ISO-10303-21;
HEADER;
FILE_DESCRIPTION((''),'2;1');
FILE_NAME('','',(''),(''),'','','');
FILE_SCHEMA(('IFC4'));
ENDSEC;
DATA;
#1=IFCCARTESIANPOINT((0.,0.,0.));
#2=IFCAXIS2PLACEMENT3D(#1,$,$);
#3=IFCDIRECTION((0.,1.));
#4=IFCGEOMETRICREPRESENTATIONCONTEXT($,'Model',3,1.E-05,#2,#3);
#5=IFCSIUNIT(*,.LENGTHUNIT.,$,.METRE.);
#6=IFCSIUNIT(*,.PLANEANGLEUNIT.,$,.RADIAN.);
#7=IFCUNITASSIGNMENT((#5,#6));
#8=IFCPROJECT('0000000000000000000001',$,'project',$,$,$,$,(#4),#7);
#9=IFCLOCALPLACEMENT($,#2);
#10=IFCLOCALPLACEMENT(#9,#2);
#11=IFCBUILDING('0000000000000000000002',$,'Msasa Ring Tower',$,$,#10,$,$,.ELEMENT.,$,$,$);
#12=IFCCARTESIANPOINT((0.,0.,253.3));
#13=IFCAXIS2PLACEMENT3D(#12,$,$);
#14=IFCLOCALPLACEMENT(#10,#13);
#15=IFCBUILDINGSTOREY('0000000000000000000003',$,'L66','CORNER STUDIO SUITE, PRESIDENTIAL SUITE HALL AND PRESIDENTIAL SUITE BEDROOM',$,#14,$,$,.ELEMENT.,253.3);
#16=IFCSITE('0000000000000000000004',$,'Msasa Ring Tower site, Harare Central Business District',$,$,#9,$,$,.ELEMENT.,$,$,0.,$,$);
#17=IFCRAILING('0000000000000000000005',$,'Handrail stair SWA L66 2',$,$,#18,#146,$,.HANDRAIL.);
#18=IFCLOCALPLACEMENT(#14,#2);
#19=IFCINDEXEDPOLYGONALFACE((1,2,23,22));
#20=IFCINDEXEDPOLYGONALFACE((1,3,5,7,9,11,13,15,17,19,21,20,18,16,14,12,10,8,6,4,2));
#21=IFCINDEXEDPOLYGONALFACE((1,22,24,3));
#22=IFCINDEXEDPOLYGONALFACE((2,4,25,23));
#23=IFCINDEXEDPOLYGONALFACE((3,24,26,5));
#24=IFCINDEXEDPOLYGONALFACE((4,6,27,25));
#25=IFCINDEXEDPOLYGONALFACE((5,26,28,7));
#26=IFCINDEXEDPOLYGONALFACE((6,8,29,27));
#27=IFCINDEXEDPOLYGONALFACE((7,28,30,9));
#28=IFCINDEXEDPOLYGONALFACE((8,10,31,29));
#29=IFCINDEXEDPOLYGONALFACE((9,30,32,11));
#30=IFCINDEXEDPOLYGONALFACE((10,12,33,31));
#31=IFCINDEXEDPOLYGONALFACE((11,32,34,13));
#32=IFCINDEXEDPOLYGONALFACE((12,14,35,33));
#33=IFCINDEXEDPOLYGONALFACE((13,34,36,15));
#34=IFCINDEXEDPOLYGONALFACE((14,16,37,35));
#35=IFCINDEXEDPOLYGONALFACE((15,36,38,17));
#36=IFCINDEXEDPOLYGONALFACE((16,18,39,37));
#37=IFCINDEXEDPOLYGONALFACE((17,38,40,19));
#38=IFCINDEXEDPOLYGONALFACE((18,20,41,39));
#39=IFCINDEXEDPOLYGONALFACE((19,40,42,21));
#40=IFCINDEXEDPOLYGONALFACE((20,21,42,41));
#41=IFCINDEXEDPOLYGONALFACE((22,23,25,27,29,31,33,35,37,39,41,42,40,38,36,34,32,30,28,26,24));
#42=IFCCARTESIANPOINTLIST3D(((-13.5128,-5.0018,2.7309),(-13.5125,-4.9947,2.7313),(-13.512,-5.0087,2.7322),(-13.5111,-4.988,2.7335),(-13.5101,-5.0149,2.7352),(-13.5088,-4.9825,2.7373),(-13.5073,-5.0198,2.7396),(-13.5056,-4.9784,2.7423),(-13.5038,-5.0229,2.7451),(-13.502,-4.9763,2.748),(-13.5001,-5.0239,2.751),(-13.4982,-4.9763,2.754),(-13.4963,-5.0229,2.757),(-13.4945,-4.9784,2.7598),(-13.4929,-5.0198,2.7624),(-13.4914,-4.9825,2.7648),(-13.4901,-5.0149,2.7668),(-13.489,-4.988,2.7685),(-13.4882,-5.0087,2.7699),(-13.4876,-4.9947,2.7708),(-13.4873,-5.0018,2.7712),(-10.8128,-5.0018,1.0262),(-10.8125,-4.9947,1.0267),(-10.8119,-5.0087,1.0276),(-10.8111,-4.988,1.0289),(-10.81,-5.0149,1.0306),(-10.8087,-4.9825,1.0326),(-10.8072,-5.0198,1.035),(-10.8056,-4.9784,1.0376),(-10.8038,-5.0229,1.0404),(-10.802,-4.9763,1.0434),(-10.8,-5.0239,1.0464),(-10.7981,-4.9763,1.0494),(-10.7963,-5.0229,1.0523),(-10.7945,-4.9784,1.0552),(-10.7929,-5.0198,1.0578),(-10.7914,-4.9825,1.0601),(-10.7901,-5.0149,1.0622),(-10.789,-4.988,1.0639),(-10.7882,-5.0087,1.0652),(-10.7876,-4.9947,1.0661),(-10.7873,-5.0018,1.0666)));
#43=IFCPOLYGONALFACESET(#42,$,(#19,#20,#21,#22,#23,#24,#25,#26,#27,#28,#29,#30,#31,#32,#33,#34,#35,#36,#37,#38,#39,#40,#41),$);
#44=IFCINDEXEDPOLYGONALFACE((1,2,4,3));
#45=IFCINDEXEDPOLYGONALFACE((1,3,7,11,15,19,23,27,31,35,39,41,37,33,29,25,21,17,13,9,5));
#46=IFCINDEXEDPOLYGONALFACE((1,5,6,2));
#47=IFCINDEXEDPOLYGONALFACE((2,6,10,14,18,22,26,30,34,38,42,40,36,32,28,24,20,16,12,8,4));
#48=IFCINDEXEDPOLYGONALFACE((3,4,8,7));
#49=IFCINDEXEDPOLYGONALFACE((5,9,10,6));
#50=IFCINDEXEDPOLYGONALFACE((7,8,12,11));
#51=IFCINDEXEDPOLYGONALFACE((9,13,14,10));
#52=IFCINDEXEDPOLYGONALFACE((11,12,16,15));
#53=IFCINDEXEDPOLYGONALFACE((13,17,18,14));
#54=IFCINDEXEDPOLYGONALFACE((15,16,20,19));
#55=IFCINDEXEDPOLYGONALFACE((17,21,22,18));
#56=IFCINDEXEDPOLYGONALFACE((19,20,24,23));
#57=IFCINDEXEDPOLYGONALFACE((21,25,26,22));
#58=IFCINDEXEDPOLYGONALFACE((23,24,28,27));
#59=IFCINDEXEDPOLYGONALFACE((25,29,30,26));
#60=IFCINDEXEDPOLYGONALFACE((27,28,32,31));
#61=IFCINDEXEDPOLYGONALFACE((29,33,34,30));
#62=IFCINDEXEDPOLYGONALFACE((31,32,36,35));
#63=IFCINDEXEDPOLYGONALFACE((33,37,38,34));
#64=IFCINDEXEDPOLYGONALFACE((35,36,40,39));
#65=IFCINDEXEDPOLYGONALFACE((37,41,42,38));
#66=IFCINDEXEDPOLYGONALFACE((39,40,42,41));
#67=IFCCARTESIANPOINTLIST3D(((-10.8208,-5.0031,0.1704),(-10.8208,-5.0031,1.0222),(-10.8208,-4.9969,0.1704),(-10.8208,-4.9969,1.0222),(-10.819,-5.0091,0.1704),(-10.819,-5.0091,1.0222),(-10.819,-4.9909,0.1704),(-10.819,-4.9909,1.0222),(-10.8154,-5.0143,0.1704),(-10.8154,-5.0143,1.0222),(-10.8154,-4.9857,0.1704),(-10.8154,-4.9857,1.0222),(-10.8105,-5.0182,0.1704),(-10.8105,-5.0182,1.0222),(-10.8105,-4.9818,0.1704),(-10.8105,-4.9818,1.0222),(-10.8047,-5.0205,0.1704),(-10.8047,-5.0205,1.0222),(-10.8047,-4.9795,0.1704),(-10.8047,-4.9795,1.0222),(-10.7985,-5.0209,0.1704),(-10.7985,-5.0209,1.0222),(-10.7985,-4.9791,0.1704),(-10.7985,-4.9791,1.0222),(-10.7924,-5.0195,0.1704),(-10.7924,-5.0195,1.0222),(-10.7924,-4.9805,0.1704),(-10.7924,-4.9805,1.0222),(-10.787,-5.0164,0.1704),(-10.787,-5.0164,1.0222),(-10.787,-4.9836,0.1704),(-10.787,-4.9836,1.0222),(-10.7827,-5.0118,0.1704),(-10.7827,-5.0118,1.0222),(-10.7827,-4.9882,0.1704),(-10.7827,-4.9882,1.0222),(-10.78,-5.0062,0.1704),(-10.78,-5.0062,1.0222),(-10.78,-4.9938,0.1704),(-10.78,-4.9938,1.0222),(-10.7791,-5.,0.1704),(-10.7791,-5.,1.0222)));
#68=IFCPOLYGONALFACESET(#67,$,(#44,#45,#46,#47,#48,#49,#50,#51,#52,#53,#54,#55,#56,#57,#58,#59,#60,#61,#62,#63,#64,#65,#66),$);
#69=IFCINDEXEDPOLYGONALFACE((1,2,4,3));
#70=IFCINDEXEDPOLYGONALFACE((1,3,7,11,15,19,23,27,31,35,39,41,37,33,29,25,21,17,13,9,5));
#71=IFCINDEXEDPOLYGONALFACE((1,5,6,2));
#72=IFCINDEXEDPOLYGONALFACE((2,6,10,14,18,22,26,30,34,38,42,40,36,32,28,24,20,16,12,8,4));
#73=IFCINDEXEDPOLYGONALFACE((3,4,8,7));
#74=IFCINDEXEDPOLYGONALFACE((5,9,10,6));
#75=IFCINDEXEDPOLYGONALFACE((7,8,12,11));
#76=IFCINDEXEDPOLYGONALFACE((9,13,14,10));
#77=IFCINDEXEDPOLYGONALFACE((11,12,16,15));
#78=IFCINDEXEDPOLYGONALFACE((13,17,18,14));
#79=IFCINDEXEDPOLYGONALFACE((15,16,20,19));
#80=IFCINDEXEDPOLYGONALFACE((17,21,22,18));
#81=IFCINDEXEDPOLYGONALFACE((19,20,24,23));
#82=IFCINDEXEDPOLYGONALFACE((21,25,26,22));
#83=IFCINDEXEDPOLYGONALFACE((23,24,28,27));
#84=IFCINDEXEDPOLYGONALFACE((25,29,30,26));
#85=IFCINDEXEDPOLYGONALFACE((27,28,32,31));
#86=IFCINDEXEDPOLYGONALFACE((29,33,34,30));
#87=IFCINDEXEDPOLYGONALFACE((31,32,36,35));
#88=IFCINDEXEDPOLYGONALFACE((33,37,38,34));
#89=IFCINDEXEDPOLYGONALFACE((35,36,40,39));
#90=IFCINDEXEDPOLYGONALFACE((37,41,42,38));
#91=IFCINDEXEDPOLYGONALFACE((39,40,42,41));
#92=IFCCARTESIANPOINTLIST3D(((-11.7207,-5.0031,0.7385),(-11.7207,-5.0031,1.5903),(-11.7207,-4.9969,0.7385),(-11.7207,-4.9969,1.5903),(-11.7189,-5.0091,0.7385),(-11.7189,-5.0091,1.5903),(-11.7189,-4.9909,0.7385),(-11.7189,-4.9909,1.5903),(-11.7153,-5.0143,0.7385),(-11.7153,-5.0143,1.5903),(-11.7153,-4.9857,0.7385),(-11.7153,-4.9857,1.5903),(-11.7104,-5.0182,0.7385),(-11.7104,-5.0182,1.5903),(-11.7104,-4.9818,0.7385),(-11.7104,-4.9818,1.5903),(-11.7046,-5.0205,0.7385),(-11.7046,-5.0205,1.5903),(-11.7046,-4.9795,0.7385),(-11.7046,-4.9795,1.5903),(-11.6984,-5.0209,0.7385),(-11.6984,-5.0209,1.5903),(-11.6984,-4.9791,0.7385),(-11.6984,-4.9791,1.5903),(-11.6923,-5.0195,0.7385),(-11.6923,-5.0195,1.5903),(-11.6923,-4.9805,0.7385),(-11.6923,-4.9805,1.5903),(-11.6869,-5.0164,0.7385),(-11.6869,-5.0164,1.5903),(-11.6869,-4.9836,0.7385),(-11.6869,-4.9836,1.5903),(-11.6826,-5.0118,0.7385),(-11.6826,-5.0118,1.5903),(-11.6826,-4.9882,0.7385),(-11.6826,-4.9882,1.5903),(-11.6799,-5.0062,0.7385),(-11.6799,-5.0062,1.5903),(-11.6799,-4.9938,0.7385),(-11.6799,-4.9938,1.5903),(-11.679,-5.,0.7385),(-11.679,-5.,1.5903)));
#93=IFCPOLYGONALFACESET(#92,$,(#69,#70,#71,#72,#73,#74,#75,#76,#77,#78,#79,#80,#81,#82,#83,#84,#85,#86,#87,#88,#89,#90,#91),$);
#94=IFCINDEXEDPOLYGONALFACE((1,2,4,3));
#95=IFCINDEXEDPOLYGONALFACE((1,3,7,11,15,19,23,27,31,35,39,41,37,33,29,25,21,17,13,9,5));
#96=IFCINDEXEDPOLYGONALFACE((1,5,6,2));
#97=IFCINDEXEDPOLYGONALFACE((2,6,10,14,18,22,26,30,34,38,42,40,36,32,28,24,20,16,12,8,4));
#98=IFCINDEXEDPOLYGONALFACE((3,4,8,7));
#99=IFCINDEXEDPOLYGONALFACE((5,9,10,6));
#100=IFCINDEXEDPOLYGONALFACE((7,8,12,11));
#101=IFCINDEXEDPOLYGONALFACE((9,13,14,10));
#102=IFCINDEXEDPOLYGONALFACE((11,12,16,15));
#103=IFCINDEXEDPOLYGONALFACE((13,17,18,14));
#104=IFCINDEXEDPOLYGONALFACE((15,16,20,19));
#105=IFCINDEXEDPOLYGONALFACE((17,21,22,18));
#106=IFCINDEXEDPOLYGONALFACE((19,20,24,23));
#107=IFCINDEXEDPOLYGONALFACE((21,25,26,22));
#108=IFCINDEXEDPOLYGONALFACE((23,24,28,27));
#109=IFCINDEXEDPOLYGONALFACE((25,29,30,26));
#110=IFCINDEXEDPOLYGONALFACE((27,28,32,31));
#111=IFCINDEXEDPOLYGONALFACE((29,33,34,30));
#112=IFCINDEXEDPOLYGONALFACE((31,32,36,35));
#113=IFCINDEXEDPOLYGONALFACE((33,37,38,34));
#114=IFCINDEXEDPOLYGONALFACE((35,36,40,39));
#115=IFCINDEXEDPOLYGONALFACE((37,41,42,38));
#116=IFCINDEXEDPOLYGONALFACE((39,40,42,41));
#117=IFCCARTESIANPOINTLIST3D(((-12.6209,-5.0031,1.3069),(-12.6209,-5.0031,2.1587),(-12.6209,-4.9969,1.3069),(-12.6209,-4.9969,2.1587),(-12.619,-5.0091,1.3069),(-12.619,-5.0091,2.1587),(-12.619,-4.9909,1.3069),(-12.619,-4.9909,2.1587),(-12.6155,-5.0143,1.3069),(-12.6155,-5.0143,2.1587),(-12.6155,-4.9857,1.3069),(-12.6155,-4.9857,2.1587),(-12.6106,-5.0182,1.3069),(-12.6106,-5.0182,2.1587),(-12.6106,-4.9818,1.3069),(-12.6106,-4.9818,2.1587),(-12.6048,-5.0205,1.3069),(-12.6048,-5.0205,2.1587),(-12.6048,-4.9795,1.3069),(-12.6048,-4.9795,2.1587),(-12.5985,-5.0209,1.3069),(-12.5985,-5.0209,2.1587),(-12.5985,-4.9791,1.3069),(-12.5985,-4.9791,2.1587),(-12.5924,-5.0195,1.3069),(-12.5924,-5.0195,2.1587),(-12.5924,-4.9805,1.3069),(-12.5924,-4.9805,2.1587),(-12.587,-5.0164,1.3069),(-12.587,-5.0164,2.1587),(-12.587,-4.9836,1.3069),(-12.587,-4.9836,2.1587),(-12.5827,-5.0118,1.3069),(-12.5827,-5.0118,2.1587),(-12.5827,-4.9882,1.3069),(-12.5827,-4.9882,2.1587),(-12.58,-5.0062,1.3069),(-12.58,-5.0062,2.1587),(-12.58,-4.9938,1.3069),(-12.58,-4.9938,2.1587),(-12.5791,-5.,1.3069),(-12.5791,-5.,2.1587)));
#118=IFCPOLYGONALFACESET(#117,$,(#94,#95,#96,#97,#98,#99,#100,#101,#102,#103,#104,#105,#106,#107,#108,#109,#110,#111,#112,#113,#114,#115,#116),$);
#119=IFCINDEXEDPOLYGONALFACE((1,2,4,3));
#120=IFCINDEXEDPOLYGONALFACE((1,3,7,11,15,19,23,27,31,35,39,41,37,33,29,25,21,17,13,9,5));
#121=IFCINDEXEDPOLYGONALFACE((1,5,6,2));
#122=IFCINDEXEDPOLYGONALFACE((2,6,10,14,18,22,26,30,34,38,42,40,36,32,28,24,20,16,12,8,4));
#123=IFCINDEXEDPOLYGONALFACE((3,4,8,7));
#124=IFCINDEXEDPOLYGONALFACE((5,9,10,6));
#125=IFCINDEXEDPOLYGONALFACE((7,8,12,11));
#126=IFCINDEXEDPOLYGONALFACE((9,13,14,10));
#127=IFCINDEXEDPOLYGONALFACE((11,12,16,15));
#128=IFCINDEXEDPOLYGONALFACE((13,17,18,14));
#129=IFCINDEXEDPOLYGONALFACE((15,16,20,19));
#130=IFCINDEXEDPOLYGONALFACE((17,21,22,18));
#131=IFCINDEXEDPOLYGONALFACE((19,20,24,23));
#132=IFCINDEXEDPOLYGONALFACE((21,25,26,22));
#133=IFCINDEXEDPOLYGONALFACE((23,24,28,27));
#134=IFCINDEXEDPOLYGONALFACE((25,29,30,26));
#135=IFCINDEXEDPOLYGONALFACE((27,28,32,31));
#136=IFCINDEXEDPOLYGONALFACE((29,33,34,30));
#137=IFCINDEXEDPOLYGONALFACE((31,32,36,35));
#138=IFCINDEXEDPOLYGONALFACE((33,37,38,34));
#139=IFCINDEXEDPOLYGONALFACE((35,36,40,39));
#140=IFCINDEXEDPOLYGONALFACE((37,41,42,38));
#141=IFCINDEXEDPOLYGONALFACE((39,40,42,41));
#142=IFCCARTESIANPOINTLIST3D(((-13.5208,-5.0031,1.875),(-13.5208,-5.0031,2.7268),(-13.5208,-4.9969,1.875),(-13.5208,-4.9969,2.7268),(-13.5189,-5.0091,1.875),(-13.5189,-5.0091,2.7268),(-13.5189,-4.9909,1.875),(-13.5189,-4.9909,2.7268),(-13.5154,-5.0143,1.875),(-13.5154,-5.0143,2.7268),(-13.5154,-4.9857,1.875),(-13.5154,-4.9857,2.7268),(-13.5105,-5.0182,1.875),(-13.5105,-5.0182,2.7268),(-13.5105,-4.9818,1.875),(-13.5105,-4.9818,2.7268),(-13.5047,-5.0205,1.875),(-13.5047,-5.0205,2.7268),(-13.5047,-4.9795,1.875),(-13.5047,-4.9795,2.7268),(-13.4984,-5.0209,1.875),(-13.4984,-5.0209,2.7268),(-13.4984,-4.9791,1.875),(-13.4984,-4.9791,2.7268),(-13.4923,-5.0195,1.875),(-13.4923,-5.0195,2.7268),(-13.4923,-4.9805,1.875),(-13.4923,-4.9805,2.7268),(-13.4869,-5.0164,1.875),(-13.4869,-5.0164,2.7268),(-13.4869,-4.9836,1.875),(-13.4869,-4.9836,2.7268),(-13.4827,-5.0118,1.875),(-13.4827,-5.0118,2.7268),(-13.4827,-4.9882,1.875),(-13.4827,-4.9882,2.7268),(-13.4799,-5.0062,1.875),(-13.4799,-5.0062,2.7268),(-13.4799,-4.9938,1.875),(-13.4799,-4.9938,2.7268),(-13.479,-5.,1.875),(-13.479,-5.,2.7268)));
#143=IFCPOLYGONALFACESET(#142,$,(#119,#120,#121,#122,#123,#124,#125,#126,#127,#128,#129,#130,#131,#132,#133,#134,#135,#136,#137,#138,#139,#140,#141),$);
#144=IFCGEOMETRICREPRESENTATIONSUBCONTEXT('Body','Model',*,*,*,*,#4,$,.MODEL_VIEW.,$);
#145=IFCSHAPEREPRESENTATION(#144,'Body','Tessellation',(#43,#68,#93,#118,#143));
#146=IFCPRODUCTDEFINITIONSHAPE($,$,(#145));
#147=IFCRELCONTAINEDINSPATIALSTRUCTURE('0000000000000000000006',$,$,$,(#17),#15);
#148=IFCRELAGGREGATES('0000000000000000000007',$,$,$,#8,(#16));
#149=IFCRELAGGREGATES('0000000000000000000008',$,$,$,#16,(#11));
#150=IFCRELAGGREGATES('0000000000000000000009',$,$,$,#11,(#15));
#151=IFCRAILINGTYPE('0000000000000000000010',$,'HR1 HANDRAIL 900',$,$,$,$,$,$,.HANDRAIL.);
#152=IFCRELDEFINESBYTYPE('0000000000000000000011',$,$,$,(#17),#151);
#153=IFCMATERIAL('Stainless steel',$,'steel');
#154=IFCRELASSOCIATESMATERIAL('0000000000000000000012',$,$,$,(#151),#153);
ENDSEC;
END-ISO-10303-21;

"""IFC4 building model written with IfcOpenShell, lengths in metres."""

from ifc_helpers import new_model, si_unit, direction, frame, origin, origin_2d, place, context, subcontext, project, spatial, circle, extrude, material, type_object, element, save


model = new_model("IFC4")

# Units and contexts
model_context = context("Model", 3, precision=1e-05, world=origin(), true_north=direction((0.0, 1.0)))
body_context = subcontext(model_context, "Body", "Model", "MODEL_VIEW")
ifc_project = project(units=[si_unit("LENGTHUNIT", "METRE"), si_unit("PLANEANGLEUNIT", "RADIAN")], contexts=[model_context])

# Site, building, storey
site_placement = place(None, origin())
site = spatial("IfcSite", under=ifc_project, at=site_placement, Name="Msasa Ring Tower site, Harare Central Business District", CompositionType="ELEMENT", RefElevation=0.0)
building_placement = place(site_placement, origin())
building = spatial("IfcBuilding", under=site, at=building_placement, Name="Msasa Ring Tower", CompositionType="ELEMENT")
storey_placement = place(building_placement, frame((0.0, 0.0, 253.3)))
storey = spatial("IfcBuildingStorey", under=building, at=storey_placement, Name="L66", Description="CORNER STUDIO SUITE, PRESIDENTIAL SUITE HALL AND PRESIDENTIAL SUITE BEDROOM", CompositionType="ELEMENT", Elevation=253.3)

# Railing
ifc_material_1 = material(Name="Stainless steel", Category="steel")
railing_type = type_object("IfcRailingType", Name="HR1 HANDRAIL 900", PredefinedType="HANDRAIL", material=ifc_material_1)
for number, where, name in (
    (1, (-10.8, -5.0, 0.1704), "Handrail stair SWA L66 2"),
):
    element("IfcRailing", number, at=place(storey_placement, frame(where)), inside=storey, type_object=railing_type, Name=name, PredefinedType="HANDRAIL", context=body_context, shape_type="SweptSolid", body=[
        extrude(circle(Radius=0.0239, at=origin_2d()), frame((0.0, 0.0, 0.876), z_axis=(-0.84558, 0.0, 0.533849), x_axis=(0.0, -1.0, 0.0)), (0.0, 0.0, 1.0), 3.1931),
        extrude(circle(Radius=0.021, at=origin_2d()), origin(), (0.0, 0.0, 1.0), 0.8518),
        extrude(circle(Radius=0.021, at=origin_2d()), frame((-0.8999, 0.0, 0.5681)), (0.0, 0.0, 1.0), 0.8518),
        extrude(circle(Radius=0.021, at=origin_2d()), frame((-1.8, 0.0, 1.1365)), (0.0, 0.0, 1.0), 0.8518),
        extrude(circle(Radius=0.021, at=origin_2d()), frame((-2.7, 0.0, 1.7046)), (0.0, 0.0, 1.0), 0.8518),
    ])

save(model, "model.ifc")
